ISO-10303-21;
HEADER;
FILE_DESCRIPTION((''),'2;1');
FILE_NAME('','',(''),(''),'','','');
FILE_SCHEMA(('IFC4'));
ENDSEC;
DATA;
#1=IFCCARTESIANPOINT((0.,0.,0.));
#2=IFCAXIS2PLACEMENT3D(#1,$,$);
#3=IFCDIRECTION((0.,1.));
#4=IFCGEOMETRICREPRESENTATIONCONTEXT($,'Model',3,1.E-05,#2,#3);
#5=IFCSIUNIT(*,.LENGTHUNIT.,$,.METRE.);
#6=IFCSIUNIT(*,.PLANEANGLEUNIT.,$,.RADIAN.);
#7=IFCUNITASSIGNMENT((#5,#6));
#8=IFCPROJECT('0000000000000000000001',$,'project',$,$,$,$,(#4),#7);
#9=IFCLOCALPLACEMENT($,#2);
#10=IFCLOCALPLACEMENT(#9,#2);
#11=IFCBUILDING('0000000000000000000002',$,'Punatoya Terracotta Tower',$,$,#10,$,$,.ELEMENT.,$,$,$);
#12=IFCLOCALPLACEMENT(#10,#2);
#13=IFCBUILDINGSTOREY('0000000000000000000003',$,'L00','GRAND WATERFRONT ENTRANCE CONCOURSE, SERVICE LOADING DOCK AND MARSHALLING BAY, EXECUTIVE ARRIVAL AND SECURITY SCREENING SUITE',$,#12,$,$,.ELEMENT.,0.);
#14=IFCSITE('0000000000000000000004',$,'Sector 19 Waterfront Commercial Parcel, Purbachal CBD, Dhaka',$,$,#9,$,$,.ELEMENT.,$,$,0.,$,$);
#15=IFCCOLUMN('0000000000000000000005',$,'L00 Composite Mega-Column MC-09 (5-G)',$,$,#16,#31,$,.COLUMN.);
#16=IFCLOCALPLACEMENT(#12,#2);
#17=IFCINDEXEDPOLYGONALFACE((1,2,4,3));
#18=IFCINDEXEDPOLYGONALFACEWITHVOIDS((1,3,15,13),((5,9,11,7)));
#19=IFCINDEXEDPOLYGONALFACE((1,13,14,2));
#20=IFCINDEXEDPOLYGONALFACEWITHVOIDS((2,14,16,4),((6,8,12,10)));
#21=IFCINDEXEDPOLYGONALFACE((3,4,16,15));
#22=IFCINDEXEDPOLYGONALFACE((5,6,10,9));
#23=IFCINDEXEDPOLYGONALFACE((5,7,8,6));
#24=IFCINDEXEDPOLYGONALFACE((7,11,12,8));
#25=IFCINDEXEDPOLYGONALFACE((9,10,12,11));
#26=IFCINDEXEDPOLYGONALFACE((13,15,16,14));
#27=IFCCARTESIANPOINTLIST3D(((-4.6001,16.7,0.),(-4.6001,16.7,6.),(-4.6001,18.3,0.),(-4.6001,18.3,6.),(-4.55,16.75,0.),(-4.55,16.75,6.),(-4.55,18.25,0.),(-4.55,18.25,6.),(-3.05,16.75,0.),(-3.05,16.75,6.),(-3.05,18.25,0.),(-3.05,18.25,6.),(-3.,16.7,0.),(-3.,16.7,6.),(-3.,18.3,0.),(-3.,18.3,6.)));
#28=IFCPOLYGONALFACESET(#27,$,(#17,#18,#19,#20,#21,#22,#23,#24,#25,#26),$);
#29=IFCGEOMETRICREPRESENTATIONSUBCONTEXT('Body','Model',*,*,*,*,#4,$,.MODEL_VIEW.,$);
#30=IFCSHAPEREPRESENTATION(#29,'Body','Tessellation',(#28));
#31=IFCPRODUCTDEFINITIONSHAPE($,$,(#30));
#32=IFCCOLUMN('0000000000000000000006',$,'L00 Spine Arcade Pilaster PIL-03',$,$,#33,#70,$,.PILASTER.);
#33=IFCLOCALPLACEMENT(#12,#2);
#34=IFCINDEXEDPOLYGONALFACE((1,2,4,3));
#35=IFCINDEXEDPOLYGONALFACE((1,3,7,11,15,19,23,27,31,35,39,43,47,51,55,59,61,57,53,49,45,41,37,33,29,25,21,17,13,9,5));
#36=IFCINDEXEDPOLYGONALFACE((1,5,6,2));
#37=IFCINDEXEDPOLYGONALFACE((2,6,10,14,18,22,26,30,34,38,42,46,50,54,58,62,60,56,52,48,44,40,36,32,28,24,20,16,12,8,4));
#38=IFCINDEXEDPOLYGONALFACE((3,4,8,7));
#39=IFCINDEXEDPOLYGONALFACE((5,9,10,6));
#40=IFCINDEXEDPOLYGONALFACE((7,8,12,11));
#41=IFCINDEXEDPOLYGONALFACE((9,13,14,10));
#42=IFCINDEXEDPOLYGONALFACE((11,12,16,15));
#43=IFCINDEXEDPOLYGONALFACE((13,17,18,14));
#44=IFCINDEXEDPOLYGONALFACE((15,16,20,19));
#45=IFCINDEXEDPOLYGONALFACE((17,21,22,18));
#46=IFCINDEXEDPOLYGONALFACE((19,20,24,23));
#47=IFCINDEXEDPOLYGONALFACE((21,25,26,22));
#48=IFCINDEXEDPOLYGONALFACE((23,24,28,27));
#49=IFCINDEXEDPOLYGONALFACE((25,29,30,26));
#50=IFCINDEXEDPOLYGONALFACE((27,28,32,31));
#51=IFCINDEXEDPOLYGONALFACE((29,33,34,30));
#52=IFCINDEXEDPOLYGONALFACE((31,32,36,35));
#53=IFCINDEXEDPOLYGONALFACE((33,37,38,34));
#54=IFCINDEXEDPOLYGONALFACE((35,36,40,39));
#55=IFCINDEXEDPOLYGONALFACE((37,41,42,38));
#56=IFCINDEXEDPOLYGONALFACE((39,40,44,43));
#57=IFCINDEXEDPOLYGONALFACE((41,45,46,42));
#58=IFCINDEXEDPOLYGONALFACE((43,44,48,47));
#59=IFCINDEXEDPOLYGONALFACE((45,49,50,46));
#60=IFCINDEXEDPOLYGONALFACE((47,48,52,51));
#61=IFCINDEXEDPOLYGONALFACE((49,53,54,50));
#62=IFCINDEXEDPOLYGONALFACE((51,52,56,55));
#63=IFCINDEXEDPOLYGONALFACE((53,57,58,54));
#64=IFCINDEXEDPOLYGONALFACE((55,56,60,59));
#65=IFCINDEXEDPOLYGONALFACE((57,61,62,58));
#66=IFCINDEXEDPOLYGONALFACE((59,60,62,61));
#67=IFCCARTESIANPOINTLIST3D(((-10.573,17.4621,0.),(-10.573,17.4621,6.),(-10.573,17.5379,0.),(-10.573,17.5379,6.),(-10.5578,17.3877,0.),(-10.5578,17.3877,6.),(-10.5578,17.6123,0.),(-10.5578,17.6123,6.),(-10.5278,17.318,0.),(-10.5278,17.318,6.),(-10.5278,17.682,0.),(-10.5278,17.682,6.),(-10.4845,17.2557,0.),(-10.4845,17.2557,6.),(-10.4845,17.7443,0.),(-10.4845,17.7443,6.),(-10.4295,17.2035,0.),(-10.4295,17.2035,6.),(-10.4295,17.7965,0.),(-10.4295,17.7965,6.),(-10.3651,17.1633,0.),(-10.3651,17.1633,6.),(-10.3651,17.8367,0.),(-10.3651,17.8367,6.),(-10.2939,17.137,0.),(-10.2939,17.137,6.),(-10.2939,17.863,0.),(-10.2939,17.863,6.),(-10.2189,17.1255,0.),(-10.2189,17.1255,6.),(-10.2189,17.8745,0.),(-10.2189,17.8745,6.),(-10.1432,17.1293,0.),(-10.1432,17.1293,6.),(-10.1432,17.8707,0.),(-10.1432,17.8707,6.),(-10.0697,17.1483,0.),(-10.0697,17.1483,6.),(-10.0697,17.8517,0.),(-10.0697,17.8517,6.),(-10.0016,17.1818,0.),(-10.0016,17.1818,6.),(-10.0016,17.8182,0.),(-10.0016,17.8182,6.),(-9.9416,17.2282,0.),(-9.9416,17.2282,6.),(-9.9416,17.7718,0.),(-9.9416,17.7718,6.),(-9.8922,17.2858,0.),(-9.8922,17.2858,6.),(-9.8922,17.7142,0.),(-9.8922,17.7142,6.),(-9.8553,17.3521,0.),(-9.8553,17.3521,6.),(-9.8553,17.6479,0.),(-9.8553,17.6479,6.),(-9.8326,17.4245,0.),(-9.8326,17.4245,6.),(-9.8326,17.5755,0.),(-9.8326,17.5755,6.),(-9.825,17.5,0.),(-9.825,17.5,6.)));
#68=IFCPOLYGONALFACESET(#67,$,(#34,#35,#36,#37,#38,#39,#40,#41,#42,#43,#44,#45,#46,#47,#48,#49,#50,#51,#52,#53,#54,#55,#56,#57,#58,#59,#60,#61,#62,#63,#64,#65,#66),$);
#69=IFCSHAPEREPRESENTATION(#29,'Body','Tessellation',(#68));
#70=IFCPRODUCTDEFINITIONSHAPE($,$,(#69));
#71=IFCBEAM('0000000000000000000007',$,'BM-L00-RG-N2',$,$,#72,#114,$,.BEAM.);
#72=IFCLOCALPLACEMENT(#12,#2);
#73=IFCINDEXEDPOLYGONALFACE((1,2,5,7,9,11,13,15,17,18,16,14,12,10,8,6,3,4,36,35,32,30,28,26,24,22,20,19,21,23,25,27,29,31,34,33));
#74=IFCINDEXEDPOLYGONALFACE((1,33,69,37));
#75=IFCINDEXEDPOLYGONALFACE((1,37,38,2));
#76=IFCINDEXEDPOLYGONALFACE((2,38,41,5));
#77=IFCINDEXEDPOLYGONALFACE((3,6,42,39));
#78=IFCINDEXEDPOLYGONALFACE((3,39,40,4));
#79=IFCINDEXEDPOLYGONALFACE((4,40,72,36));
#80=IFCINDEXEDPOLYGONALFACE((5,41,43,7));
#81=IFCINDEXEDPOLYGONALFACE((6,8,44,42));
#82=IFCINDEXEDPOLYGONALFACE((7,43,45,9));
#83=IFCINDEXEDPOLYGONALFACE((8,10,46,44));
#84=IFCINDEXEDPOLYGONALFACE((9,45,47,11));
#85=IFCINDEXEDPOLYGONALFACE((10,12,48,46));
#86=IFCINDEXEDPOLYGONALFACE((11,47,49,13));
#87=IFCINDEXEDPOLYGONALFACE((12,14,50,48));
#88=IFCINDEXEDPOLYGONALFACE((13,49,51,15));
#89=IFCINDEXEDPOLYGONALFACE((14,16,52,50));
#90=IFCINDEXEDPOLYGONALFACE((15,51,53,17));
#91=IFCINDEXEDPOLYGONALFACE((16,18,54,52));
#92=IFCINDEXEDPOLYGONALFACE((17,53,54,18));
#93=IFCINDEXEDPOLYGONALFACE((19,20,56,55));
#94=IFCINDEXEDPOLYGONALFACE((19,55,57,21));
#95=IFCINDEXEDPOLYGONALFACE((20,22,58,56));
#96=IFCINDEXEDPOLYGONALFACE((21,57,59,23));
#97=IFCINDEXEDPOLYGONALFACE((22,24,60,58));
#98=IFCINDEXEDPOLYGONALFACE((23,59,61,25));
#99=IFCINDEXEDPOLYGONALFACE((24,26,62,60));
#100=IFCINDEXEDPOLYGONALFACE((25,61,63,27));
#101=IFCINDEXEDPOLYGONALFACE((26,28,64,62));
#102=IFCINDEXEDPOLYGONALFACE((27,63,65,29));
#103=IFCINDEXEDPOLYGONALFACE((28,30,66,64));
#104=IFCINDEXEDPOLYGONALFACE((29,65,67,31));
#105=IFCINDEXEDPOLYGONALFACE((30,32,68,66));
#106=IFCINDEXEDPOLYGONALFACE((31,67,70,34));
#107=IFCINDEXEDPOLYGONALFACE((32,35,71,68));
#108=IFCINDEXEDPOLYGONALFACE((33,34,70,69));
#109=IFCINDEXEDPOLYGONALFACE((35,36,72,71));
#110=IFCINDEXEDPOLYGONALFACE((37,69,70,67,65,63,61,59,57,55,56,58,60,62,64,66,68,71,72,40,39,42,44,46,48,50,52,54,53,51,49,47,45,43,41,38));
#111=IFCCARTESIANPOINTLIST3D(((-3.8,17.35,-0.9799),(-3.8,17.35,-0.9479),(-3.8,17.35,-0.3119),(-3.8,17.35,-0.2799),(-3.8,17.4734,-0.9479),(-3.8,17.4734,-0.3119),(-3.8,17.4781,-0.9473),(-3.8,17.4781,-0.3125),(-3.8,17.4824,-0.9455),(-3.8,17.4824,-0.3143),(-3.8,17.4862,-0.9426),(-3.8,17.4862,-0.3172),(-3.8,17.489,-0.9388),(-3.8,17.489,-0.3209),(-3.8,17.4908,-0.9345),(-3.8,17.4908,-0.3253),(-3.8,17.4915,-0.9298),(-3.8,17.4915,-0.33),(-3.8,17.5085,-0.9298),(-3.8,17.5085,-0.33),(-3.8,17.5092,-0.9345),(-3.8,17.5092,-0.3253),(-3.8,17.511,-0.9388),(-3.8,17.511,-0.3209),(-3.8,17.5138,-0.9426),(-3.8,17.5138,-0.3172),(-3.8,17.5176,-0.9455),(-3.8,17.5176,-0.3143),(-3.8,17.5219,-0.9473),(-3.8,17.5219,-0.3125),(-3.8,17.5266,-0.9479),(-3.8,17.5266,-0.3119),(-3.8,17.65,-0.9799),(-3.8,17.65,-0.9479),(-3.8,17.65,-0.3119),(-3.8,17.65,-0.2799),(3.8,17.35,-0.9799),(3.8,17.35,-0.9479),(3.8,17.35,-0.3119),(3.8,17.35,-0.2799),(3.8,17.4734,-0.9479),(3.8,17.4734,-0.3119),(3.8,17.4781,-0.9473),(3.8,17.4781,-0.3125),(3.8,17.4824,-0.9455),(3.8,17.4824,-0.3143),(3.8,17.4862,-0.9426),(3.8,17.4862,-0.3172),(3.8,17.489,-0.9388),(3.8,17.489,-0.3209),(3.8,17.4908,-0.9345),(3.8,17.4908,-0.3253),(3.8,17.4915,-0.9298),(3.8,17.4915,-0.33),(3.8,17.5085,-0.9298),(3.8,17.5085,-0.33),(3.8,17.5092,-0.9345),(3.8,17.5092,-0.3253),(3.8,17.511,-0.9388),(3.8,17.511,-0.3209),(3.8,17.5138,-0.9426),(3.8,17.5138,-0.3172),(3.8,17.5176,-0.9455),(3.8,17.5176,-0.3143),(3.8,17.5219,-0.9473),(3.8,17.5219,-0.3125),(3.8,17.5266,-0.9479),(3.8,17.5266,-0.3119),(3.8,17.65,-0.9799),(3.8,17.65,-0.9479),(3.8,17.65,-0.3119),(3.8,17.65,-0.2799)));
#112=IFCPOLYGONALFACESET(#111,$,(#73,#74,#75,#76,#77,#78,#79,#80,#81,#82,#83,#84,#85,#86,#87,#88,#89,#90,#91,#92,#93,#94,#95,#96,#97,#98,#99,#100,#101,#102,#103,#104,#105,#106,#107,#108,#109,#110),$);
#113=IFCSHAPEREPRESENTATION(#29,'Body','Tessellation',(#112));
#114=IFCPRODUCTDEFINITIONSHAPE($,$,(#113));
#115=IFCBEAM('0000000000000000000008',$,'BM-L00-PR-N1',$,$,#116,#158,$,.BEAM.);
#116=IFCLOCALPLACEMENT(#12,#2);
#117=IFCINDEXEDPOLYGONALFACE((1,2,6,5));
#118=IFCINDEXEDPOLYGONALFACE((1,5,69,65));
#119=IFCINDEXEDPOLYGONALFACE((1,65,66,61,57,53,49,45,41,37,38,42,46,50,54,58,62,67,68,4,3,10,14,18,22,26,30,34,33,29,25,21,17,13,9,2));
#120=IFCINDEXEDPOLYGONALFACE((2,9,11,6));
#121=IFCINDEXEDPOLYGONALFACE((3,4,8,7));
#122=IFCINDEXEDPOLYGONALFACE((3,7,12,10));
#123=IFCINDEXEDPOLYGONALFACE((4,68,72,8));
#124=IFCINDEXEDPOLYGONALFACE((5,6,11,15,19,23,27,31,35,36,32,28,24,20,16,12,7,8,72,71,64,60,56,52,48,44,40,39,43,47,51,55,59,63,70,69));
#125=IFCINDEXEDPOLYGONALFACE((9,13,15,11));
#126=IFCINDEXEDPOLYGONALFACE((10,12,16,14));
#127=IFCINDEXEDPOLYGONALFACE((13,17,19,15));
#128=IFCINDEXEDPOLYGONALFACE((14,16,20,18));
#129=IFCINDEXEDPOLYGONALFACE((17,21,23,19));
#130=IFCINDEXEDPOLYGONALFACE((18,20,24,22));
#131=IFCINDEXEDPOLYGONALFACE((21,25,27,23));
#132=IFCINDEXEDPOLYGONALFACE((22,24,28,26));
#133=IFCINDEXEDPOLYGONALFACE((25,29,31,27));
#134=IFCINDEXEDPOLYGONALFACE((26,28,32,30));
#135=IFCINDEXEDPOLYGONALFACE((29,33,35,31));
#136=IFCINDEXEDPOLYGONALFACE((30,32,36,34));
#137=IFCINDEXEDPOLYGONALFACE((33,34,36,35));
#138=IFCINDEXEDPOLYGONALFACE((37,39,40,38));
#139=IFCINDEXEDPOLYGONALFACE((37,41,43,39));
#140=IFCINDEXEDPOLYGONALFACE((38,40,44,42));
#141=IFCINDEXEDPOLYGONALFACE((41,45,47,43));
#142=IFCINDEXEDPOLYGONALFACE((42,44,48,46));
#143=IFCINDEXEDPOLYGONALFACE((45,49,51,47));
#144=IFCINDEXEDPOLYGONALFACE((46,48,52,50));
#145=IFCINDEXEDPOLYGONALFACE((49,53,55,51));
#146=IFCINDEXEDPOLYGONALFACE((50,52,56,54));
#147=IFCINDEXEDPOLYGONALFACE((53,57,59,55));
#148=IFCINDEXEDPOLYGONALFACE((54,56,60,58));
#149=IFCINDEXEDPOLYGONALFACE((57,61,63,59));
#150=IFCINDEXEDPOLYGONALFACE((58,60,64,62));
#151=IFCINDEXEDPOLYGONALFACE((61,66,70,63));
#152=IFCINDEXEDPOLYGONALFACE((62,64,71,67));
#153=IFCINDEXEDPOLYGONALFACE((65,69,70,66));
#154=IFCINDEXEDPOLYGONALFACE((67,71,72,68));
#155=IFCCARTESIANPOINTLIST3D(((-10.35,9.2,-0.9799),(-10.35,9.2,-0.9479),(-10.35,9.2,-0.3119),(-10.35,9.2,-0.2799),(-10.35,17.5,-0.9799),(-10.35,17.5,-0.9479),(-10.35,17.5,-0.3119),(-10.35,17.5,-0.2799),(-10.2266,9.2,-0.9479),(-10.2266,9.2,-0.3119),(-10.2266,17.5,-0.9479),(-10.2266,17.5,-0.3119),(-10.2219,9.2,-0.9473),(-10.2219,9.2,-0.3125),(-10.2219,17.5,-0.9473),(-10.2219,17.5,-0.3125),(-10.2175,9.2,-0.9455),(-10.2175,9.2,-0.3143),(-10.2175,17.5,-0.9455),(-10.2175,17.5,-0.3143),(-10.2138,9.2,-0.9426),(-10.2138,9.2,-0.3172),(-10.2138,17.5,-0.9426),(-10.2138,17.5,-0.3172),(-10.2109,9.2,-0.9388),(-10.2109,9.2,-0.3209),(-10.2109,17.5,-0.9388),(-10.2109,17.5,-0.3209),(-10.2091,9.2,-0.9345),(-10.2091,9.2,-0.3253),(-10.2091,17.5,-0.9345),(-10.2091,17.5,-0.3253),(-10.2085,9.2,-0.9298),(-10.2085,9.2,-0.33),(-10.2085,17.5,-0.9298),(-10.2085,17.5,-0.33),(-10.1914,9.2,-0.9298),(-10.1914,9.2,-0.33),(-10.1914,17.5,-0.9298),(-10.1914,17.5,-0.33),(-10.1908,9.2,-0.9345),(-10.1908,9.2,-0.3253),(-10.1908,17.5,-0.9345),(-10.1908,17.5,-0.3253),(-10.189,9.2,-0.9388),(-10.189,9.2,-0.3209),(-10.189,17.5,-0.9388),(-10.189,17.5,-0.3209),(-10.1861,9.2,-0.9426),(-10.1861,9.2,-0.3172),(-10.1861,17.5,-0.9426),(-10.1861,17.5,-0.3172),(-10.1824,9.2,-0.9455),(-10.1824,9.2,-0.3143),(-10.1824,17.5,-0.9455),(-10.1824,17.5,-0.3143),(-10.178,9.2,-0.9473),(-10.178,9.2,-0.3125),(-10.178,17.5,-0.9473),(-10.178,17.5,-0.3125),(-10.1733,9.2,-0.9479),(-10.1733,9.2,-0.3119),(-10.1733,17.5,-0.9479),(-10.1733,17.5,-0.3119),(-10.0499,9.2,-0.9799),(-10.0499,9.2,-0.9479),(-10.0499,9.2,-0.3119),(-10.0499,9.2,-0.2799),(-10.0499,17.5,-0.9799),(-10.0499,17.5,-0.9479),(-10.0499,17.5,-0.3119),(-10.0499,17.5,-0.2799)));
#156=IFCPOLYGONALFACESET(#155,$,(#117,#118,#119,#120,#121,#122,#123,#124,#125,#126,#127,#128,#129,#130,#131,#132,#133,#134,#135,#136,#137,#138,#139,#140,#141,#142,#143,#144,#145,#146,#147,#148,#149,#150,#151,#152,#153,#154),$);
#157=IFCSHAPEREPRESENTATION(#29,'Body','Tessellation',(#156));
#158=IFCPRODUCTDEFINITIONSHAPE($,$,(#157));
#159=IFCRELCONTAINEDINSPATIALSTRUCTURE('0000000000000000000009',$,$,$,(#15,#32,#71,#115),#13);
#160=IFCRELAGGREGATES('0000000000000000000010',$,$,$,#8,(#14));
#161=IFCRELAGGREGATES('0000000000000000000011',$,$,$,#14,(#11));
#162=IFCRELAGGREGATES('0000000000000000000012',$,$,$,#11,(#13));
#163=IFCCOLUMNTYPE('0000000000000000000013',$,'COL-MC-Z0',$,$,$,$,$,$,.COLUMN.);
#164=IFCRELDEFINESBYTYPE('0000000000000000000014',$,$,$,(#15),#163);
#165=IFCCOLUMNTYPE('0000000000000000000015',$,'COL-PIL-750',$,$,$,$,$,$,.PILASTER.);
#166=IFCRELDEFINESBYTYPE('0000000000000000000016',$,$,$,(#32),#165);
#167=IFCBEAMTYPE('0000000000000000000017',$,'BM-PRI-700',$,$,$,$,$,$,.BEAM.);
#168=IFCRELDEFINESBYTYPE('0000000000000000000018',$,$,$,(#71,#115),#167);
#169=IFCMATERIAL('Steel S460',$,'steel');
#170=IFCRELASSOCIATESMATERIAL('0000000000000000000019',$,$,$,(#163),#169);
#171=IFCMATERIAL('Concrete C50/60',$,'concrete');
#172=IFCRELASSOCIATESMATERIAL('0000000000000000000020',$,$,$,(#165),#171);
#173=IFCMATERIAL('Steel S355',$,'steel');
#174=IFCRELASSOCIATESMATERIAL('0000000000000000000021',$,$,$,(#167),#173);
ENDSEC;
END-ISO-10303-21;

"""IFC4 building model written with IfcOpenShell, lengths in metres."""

from ifc_helpers import new_model, si_unit, direction, frame, origin, origin_2d, place, context, subcontext, project, spatial, hollow_rectangle, circle, i_section, extrude, material, material_profile, profile_set, type_object, element, save


model = new_model("IFC4")

# Units and contexts
model_context = context("Model", 3, precision=1e-05, world=origin(), true_north=direction((0.0, 1.0)))
body_context = subcontext(model_context, "Body", "Model", "MODEL_VIEW")
ifc_project = project(units=[si_unit("LENGTHUNIT", "METRE"), si_unit("PLANEANGLEUNIT", "RADIAN")], contexts=[model_context])

# Site, building, storey
site_placement = place(None, origin())
site = spatial("IfcSite", under=ifc_project, at=site_placement, Name="Sector 19 Waterfront Commercial Parcel, Purbachal CBD, Dhaka", CompositionType="ELEMENT", RefElevation=0.0)
building_placement = place(site_placement, origin())
building = spatial("IfcBuilding", under=site, at=building_placement, Name="Punatoya Terracotta Tower", CompositionType="ELEMENT")
storey_placement = place(building_placement, origin())
storey = spatial("IfcBuildingStorey", under=building, at=storey_placement, Name="L00", Description="GRAND WATERFRONT ENTRANCE CONCOURSE, SERVICE LOADING DOCK AND MARSHALLING BAY, EXECUTIVE ARRIVAL AND SECURITY SCREENING SUITE", CompositionType="ELEMENT", Elevation=0.0)

# Columns
ifc_material_1 = material(Name="Steel S460", Category="steel")
ifc_material_profile_1 = material_profile(ifc_material_1, hollow_rectangle(XDim=1.6001, YDim=1.6001, WallThickness=0.05, at=origin_2d()))
ifc_profile_set_1 = profile_set([ifc_material_profile_1], Name="Steel S460")
column_type_1 = type_object("IfcColumnType", Name="COL-MC-Z0", PredefinedType="COLUMN", material=ifc_profile_set_1)
column_1_placement = place(storey_placement, frame((-3.8, 17.5, 0.0), z_axis=(0.0, 0.0, 1.0), x_axis=(1.0, 0.0, 0.0)))
element("IfcColumn", 1, at=column_1_placement, inside=storey, type_object=column_type_1, Name="L00 Composite Mega-Column MC-09 (5-G)", PredefinedType="COLUMN", context=body_context, shape_type="SweptSolid", body=[
    extrude(hollow_rectangle(XDim=1.6001, YDim=1.6001, WallThickness=0.05, at=origin_2d()), origin(), (0.0, 0.0, 1.0), 6.0),
])
ifc_material_2 = material(Name="Concrete C50/60", Category="concrete")
ifc_material_profile_2 = material_profile(ifc_material_2, circle(Radius=0.375, at=origin_2d()))
ifc_profile_set_2 = profile_set([ifc_material_profile_2], Name="Concrete C50/60")
column_type_2 = type_object("IfcColumnType", Name="COL-PIL-750", PredefinedType="PILASTER", material=ifc_profile_set_2)
column_2_placement = place(storey_placement, frame((-10.2, 17.5, 0.0), z_axis=(0.0, 0.0, 1.0), x_axis=(1.0, 0.0, 0.0)))
element("IfcColumn", 2, at=column_2_placement, inside=storey, type_object=column_type_2, Name="L00 Spine Arcade Pilaster PIL-03", PredefinedType="PILASTER", context=body_context, shape_type="SweptSolid", body=[
    extrude(circle(Radius=0.375, at=origin_2d()), origin(), (0.0, 0.0, 1.0), 6.0),
])

# Beams
ifc_material_3 = material(Name="Steel S355", Category="steel")
ifc_material_profile_3 = material_profile(ifc_material_3, i_section(OverallWidth=0.3, OverallDepth=0.7, WebThickness=0.0171, FlangeThickness=0.032, FilletRadius=0.0181, at=origin_2d()))
ifc_profile_set_3 = profile_set([ifc_material_profile_3], Name="Steel S355")
beam_type_1 = type_object("IfcBeamType", Name="BM-PRI-700", PredefinedType="BEAM", material=ifc_profile_set_3)
beam_1_placement = place(storey_placement, frame((-3.8, 17.5, -0.6299), z_axis=(1.0, 0.0, 0.0), x_axis=(0.0, 1.0, 0.0)))
element("IfcBeam", 3, at=beam_1_placement, inside=storey, type_object=beam_type_1, Name="BM-L00-RG-N2", PredefinedType="BEAM", context=body_context, shape_type="SweptSolid", body=[
    extrude(i_section(OverallWidth=0.3, OverallDepth=0.7, WebThickness=0.0171, FlangeThickness=0.032, FilletRadius=0.0181, at=origin_2d()), origin(), (0.0, 0.0, 1.0), 7.6001),
])
for number, where, z_axis, x_axis, name in (
    (4, (-10.2, 9.2, -0.6299), (0.0, 1.0, 0.0), (-1.0, 0.0, 0.0), "BM-L00-PR-N1"),
):
    element("IfcBeam", number, at=place(storey_placement, frame(where, z_axis=z_axis, x_axis=x_axis)), inside=storey, type_object=beam_type_1, Name=name, PredefinedType="BEAM", context=body_context, shape_type="SweptSolid", body=[
        extrude(i_section(OverallWidth=0.3, OverallDepth=0.7, WebThickness=0.0171, FlangeThickness=0.032, FilletRadius=0.0181, at=origin_2d()), origin(), (0.0, 0.0, 1.0), 8.3),
    ])

save(model, "model.ifc")
